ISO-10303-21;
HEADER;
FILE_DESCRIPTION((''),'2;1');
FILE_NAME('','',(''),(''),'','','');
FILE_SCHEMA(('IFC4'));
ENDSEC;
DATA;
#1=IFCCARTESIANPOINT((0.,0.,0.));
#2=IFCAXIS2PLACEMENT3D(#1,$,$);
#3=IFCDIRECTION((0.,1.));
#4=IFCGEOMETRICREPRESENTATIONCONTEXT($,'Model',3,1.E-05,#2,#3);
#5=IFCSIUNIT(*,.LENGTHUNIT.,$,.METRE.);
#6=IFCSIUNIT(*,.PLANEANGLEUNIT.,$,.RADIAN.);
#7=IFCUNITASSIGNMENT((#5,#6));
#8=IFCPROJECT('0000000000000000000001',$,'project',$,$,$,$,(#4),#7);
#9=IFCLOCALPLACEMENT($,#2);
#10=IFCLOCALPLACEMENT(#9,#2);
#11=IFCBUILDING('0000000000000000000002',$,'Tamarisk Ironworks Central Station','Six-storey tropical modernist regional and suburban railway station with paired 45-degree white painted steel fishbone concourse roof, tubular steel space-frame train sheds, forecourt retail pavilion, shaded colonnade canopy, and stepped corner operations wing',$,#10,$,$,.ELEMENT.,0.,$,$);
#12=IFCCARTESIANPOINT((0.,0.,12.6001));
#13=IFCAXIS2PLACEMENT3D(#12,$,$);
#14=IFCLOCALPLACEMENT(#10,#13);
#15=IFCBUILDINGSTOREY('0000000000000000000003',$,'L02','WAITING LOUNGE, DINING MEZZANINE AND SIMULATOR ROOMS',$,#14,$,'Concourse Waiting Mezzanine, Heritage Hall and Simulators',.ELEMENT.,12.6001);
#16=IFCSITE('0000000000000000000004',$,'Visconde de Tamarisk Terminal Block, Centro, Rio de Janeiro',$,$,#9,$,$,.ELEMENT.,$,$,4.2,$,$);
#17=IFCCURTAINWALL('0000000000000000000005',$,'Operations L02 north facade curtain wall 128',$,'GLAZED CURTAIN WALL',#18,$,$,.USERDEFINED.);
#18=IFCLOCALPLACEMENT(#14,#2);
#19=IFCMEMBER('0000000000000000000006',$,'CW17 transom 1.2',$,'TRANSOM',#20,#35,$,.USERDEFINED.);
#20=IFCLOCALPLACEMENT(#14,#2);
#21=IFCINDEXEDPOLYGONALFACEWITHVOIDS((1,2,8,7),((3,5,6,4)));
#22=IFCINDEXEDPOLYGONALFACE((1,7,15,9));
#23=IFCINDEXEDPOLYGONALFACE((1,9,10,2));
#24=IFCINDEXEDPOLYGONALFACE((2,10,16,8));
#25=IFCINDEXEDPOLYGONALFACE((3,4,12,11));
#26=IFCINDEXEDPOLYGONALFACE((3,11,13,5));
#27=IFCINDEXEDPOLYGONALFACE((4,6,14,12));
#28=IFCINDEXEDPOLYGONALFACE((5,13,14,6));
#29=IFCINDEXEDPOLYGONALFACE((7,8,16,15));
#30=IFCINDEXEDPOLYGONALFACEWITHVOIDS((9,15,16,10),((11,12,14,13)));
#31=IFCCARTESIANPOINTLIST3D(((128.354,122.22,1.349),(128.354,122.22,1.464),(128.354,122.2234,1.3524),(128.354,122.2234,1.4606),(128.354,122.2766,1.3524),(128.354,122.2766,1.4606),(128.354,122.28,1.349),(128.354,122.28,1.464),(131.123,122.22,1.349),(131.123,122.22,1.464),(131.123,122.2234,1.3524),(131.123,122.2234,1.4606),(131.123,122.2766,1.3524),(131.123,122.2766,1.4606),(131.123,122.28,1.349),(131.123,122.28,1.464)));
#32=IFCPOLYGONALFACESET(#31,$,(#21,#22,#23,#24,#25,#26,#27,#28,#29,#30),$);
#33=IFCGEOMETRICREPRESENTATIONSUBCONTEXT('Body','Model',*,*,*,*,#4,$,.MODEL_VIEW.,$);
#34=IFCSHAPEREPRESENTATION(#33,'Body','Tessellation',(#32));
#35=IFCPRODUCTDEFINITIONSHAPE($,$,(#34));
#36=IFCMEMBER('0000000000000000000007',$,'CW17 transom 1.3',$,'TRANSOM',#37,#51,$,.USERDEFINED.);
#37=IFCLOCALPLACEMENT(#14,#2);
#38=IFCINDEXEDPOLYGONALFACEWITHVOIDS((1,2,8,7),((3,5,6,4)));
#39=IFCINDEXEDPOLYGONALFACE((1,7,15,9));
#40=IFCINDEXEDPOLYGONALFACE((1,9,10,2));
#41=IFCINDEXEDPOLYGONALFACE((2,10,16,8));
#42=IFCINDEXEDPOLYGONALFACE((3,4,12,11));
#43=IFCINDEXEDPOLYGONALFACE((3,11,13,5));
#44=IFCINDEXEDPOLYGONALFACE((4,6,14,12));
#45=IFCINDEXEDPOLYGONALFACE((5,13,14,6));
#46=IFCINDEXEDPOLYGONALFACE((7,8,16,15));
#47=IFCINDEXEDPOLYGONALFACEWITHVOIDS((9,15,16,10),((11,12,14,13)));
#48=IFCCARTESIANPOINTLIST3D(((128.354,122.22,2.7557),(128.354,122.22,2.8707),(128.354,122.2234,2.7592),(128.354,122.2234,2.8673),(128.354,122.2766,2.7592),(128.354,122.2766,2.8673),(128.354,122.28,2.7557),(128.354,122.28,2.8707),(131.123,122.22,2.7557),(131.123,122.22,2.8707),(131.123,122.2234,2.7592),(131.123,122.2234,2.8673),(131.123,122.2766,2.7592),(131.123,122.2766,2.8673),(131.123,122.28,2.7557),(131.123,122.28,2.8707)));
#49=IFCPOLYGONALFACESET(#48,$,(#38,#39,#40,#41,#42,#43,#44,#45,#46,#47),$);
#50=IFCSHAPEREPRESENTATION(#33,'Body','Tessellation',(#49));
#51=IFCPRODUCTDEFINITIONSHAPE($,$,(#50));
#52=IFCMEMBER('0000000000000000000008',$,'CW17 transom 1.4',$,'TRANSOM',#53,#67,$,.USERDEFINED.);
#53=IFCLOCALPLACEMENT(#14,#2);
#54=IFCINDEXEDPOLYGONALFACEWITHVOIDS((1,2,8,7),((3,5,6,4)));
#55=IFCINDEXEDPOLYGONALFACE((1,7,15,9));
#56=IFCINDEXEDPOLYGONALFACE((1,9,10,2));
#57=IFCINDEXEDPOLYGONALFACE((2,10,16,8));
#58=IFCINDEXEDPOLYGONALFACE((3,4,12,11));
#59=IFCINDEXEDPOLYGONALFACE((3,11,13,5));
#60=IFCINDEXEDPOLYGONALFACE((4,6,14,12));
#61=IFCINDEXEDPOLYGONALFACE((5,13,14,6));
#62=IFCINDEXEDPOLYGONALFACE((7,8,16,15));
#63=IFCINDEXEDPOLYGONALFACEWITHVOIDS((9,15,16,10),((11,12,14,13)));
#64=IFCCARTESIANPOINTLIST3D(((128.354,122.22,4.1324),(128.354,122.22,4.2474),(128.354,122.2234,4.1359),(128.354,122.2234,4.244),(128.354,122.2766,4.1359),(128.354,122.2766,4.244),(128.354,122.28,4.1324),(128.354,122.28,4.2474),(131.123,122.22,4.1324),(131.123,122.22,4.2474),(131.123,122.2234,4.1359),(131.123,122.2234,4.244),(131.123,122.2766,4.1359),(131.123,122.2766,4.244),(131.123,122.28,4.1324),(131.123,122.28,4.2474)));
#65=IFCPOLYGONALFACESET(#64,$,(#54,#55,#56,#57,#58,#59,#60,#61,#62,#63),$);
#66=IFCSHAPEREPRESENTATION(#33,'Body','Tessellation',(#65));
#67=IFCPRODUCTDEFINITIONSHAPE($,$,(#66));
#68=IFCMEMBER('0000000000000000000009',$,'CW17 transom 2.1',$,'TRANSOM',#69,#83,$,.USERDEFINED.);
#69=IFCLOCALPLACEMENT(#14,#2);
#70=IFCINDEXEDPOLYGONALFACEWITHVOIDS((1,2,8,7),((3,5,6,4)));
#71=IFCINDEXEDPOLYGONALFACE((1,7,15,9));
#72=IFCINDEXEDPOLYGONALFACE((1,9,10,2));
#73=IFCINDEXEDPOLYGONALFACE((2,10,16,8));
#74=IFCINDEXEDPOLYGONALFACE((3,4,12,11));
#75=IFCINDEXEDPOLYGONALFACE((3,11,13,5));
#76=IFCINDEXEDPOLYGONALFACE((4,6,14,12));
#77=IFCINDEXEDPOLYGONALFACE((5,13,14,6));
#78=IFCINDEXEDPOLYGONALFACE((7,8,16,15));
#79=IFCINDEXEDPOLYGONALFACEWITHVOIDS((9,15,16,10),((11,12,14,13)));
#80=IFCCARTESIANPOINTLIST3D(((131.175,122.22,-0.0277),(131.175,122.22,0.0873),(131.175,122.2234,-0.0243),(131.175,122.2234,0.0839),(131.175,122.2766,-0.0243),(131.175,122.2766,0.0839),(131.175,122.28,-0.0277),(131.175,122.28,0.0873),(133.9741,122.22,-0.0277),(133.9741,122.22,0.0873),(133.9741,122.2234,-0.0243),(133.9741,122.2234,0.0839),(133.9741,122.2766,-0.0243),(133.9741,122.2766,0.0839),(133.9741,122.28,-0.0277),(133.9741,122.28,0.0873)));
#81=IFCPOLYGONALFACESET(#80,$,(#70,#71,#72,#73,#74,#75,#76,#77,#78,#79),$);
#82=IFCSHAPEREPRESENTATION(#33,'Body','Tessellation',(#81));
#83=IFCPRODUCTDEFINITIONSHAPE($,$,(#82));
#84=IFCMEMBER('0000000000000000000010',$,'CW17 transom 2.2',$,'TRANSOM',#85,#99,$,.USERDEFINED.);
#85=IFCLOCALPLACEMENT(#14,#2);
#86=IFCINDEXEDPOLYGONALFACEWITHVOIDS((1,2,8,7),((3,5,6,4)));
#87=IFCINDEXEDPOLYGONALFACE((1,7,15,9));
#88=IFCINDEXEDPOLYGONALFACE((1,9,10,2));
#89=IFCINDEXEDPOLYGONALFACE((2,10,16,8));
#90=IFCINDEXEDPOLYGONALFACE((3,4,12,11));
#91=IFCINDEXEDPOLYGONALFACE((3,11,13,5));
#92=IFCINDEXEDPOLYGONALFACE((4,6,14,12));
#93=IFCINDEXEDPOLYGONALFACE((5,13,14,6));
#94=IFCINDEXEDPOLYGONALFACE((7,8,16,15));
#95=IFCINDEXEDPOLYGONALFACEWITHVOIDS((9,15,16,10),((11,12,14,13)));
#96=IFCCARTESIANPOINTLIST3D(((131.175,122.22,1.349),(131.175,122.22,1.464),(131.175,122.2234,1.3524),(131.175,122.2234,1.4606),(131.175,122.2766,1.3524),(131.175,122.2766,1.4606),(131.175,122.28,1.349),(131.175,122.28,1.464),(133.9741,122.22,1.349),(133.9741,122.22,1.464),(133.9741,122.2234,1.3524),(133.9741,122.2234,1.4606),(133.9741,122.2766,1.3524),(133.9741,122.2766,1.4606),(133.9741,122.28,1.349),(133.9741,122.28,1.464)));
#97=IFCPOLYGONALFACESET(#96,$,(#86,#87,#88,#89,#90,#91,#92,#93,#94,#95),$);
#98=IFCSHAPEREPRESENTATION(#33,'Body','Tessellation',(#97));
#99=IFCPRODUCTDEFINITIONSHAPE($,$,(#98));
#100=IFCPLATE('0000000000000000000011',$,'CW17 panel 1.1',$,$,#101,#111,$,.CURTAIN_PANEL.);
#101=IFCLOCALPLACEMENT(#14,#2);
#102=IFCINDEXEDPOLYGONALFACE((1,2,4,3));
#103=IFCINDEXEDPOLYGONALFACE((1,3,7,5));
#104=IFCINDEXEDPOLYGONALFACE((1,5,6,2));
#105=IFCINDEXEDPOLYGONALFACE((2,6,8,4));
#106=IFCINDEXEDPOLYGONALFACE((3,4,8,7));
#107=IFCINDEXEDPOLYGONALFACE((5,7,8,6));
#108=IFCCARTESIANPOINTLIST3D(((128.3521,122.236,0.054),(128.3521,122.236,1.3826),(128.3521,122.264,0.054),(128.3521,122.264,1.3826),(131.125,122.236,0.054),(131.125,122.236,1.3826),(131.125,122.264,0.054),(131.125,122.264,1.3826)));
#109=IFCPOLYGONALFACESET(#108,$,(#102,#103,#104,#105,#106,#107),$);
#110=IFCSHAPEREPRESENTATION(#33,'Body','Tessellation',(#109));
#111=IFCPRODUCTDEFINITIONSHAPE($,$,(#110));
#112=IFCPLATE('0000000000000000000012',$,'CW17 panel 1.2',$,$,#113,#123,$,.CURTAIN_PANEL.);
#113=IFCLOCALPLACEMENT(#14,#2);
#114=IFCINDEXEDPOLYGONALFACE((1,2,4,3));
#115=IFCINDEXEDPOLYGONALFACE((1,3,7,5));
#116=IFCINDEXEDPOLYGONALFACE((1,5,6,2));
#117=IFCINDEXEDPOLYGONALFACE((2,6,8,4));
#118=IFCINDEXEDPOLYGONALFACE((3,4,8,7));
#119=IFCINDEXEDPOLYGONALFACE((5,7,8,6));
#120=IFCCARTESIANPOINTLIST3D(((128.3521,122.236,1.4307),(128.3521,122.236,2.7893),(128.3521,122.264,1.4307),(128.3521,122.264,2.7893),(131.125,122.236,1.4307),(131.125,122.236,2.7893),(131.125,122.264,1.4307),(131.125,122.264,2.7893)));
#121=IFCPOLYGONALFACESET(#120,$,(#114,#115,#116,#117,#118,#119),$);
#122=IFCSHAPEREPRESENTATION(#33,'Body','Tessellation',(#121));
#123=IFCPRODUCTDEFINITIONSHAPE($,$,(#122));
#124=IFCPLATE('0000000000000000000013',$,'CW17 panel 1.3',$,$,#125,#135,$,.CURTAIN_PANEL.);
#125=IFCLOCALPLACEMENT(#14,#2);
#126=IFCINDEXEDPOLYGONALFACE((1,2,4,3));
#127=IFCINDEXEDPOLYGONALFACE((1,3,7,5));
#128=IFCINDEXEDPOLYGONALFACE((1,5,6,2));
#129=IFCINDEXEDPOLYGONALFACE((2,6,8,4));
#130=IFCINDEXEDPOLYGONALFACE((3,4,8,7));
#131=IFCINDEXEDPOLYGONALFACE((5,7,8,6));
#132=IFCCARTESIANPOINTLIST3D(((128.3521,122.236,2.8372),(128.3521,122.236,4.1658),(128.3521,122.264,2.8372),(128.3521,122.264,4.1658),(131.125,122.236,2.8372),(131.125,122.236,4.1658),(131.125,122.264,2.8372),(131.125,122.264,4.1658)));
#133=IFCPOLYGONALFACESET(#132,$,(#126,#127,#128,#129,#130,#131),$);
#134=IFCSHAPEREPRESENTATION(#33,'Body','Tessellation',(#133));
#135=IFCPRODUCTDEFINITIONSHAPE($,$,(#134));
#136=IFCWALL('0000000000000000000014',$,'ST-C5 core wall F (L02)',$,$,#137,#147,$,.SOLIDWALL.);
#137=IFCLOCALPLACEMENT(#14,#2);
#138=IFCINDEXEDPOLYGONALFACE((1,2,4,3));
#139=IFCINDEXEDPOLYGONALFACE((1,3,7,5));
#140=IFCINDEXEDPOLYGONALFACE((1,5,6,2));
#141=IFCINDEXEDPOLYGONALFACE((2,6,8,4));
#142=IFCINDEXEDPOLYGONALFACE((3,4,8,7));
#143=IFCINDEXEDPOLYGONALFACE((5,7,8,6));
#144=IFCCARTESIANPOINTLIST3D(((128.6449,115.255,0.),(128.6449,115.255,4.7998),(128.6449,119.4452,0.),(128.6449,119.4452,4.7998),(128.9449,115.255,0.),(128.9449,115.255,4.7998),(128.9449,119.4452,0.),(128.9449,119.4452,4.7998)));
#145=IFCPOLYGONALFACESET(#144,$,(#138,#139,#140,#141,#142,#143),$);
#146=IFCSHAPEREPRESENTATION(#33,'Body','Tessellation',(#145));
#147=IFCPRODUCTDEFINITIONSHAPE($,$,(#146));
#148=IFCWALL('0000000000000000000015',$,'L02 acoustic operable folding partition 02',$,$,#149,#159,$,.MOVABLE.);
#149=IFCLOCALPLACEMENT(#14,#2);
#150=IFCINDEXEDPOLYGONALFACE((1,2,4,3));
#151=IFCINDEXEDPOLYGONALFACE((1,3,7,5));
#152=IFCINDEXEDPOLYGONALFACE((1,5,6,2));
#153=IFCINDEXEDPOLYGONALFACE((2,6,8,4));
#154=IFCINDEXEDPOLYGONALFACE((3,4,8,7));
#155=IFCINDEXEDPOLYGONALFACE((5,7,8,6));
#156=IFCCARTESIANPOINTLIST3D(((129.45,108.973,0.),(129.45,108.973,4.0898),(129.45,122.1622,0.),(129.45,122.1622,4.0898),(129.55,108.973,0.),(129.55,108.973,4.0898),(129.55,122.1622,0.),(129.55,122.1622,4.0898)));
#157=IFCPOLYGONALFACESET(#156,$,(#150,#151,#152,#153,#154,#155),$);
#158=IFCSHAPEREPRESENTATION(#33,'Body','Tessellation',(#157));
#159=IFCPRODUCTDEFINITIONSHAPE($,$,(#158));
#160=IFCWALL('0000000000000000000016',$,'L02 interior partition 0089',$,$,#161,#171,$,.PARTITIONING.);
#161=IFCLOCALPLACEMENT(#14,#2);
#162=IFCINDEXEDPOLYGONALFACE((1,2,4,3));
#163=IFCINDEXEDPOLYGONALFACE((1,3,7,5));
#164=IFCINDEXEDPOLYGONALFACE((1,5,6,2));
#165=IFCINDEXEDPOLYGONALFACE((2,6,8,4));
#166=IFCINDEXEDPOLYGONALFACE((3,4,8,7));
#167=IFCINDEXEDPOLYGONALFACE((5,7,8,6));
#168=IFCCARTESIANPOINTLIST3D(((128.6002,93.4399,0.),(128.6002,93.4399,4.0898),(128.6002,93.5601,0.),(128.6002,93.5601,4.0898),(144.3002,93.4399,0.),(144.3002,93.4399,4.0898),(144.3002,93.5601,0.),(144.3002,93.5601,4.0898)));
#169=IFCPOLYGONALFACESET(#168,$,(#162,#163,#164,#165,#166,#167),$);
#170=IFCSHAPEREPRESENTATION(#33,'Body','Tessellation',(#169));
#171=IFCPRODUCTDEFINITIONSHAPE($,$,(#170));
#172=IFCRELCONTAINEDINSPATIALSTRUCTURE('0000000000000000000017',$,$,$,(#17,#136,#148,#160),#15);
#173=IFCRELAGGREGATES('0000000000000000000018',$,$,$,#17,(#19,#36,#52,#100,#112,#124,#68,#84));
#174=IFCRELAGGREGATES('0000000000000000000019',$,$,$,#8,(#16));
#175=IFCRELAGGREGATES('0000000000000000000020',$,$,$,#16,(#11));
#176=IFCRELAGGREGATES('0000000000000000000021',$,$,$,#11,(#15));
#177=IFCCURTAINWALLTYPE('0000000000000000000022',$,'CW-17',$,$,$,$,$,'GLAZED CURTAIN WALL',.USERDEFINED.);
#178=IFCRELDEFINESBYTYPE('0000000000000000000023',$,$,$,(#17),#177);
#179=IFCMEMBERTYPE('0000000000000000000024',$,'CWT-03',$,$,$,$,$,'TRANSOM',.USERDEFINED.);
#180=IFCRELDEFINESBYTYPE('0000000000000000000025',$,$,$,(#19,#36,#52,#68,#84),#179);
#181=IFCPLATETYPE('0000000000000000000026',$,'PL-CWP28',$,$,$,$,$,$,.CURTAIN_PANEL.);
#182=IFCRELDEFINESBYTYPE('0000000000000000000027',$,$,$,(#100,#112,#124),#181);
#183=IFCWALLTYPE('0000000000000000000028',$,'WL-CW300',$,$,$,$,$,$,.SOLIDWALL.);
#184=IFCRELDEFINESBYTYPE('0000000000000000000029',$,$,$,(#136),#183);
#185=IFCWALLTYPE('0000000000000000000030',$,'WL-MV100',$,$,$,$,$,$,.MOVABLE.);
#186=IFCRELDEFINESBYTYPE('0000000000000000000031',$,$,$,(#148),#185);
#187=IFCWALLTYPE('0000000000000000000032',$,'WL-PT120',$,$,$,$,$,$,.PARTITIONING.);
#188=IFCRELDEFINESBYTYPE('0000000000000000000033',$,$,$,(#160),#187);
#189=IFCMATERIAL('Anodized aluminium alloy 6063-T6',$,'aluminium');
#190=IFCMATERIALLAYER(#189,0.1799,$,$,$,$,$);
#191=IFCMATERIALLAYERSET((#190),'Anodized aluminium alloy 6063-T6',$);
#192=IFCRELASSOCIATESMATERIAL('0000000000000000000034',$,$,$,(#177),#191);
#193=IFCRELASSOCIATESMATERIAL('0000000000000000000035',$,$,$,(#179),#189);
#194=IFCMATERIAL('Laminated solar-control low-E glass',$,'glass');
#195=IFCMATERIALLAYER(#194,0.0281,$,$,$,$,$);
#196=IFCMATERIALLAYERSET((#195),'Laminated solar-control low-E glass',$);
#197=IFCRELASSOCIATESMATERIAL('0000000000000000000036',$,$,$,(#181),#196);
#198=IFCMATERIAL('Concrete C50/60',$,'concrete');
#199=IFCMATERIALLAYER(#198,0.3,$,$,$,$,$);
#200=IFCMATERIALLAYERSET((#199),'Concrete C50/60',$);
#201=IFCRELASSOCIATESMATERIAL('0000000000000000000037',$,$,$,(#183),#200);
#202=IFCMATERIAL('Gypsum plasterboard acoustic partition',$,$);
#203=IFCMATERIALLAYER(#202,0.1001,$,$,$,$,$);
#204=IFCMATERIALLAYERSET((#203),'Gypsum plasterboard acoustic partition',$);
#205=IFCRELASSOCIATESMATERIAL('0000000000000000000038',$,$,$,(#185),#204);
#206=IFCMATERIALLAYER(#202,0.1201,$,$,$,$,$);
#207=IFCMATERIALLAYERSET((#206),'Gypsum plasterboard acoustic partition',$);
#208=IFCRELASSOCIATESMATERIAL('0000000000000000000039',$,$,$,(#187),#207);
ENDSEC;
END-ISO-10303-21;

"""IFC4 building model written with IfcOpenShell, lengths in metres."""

from ifc_helpers import new_model, si_unit, direction, frame, frame_2d, origin, origin_2d, place, context, subcontext, project, spatial, rectangle, hollow_rectangle, extrude, material, layer, layer_set, material_profile, profile_set, type_object, element, aggregate, save


model = new_model("IFC4")

# Units and contexts
model_context = context("Model", 3, precision=1e-05, world=origin(), true_north=direction((0.0, 1.0)))
body_context = subcontext(model_context, "Body", "Model", "MODEL_VIEW")
ifc_project = project(units=[si_unit("LENGTHUNIT", "METRE"), si_unit("PLANEANGLEUNIT", "RADIAN")], contexts=[model_context])

# Site, building, storey
site_placement = place(None, origin())
site = spatial("IfcSite", under=ifc_project, at=site_placement, Name="Visconde de Tamarisk Terminal Block, Centro, Rio de Janeiro", CompositionType="ELEMENT", RefElevation=4.2)
building_placement = place(site_placement, origin())
building = spatial("IfcBuilding", under=site, at=building_placement, Name="Tamarisk Ironworks Central Station", Description="Six-storey tropical modernist regional and suburban railway station with paired 45-degree white painted steel fishbone concourse roof, tubular steel space-frame train sheds, forecourt retail pavilion, shaded colonnade canopy, and stepped corner operations wing", CompositionType="ELEMENT", ElevationOfRefHeight=0.0)
storey_placement = place(building_placement, frame((0.0, 0.0, 12.6001)))
storey = spatial("IfcBuildingStorey", under=building, at=storey_placement, Name="L02", Description="WAITING LOUNGE, DINING MEZZANINE AND SIMULATOR ROOMS", LongName="Concourse Waiting Mezzanine, Heritage Hall and Simulators", CompositionType="ELEMENT", Elevation=12.6001)

# Curtain wall, members, plates
ifc_material_1 = material(Name="Anodized aluminium alloy 6063-T6", Category="aluminium")
ifc_layer_1 = layer(ifc_material_1, 0.1799)
ifc_layer_set_1 = layer_set([ifc_layer_1], Name="Anodized aluminium alloy 6063-T6")
curtain_wall_type = type_object("IfcCurtainWallType", Name="CW-17", ElementType="GLAZED CURTAIN WALL", PredefinedType="USERDEFINED", material=ifc_layer_set_1)
curtain_wall_placement = place(storey_placement, origin())
curtain_wall = element("IfcCurtainWall", 1, at=curtain_wall_placement, inside=storey, type_object=curtain_wall_type, Name="Operations L02 north facade curtain wall 128", ObjectType="GLAZED CURTAIN WALL", PredefinedType="USERDEFINED")
ifc_material_profile_1 = material_profile(ifc_material_1, hollow_rectangle(XDim=0.0601, YDim=0.115, WallThickness=0.0034, at=origin_2d()), Name="ALUM 115x60")
ifc_profile_set_1 = profile_set([ifc_material_profile_1], Name="Anodized aluminium alloy 6063-T6")
member_type_1 = type_object("IfcMemberType", Name="CWT-03", ElementType="TRANSOM", PredefinedType="USERDEFINED", material=ifc_profile_set_1)
member_1_placement = place(storey_placement, frame((128.354, 122.25, 1.4065), z_axis=(1.0, 0.0, 0.0), x_axis=(0.0, 1.0, 0.0)))
member_1 = element("IfcMember", 2, at=member_1_placement, type_object=member_type_1, Name="CW17 transom 1.2", ObjectType="TRANSOM", PredefinedType="USERDEFINED", context=body_context, shape_type="SweptSolid", body=[
    extrude(hollow_rectangle(XDim=0.0601, YDim=0.115, WallThickness=0.0034, at=origin_2d()), origin(), (0.0, 0.0, 1.0), 2.769),
])
member_2_placement = place(storey_placement, frame((128.354, 122.25, 2.8132), z_axis=(1.0, 0.0, 0.0), x_axis=(0.0, 1.0, 0.0)))
member_2 = element("IfcMember", 3, at=member_2_placement, type_object=member_type_1, Name="CW17 transom 1.3", ObjectType="TRANSOM", PredefinedType="USERDEFINED", context=body_context, shape_type="SweptSolid", body=[
    extrude(hollow_rectangle(XDim=0.0601, YDim=0.115, WallThickness=0.0034, at=origin_2d()), origin(), (0.0, 0.0, 1.0), 2.769),
])
member_3_placement = place(storey_placement, frame((128.354, 122.25, 4.1899), z_axis=(1.0, 0.0, 0.0), x_axis=(0.0, 1.0, 0.0)))
member_3 = element("IfcMember", 4, at=member_3_placement, type_object=member_type_1, Name="CW17 transom 1.4", ObjectType="TRANSOM", PredefinedType="USERDEFINED", context=body_context, shape_type="SweptSolid", body=[
    extrude(hollow_rectangle(XDim=0.0601, YDim=0.115, WallThickness=0.0034, at=origin_2d()), origin(), (0.0, 0.0, 1.0), 2.769),
])
member_4_placement = place(storey_placement, frame((131.175, 122.25, 0.0298), z_axis=(1.0, 0.0, 0.0), x_axis=(0.0, 1.0, 0.0)))
member_4 = element("IfcMember", 5, at=member_4_placement, type_object=member_type_1, Name="CW17 transom 2.1", ObjectType="TRANSOM", PredefinedType="USERDEFINED", context=body_context, shape_type="SweptSolid", body=[
    extrude(hollow_rectangle(XDim=0.0601, YDim=0.115, WallThickness=0.0034, at=origin_2d()), origin(), (0.0, 0.0, 1.0), 2.7991),
])
member_5_placement = place(storey_placement, frame((131.175, 122.25, 1.4065), z_axis=(1.0, 0.0, 0.0), x_axis=(0.0, 1.0, 0.0)))
member_5 = element("IfcMember", 6, at=member_5_placement, type_object=member_type_1, Name="CW17 transom 2.2", ObjectType="TRANSOM", PredefinedType="USERDEFINED", context=body_context, shape_type="SweptSolid", body=[
    extrude(hollow_rectangle(XDim=0.0601, YDim=0.115, WallThickness=0.0034, at=origin_2d()), origin(), (0.0, 0.0, 1.0), 2.7991),
])
ifc_material_2 = material(Name="Laminated solar-control low-E glass", Category="glass")
ifc_layer_2 = layer(ifc_material_2, 0.0281)
ifc_layer_set_2 = layer_set([ifc_layer_2], Name="Laminated solar-control low-E glass")
plate_type = type_object("IfcPlateType", Name="PL-CWP28", PredefinedType="CURTAIN_PANEL", material=ifc_layer_set_2)
plate_1_placement = place(storey_placement, frame((129.7385, 122.25, 0.054), z_axis=(0.0, 0.0, 1.0), x_axis=(1.0, 0.0, 0.0)))
plate_1 = element("IfcPlate", 7, at=plate_1_placement, type_object=plate_type, Name="CW17 panel 1.1", PredefinedType="CURTAIN_PANEL", context=body_context, shape_type="SweptSolid", body=[
    extrude(rectangle(XDim=2.7729, YDim=0.0281, at=origin_2d()), origin(), (0.0, 0.0, 1.0), 1.3286),
])
plate_2_placement = place(storey_placement, frame((129.7385, 122.25, 1.4307), z_axis=(0.0, 0.0, 1.0), x_axis=(1.0, 0.0, 0.0)))
plate_2 = element("IfcPlate", 8, at=plate_2_placement, type_object=plate_type, Name="CW17 panel 1.2", PredefinedType="CURTAIN_PANEL", context=body_context, shape_type="SweptSolid", body=[
    extrude(rectangle(XDim=2.7729, YDim=0.0281, at=origin_2d()), origin(), (0.0, 0.0, 1.0), 1.3586),
])
plate_3_placement = place(storey_placement, frame((129.7385, 122.25, 2.8372), z_axis=(0.0, 0.0, 1.0), x_axis=(1.0, 0.0, 0.0)))
plate_3 = element("IfcPlate", 9, at=plate_3_placement, type_object=plate_type, Name="CW17 panel 1.3", PredefinedType="CURTAIN_PANEL", context=body_context, shape_type="SweptSolid", body=[
    extrude(rectangle(XDim=2.7729, YDim=0.0281, at=origin_2d()), origin(), (0.0, 0.0, 1.0), 1.3286),
])
aggregate(curtain_wall, [member_1, member_2, member_3, plate_1, plate_2, plate_3, member_4, member_5])

# Walls
ifc_material_3 = material(Name="Concrete C50/60", Category="concrete")
ifc_layer_3 = layer(ifc_material_3, 0.3)
ifc_layer_set_3 = layer_set([ifc_layer_3], Name="Concrete C50/60")
wall_type_1 = type_object("IfcWallType", Name="WL-CW300", PredefinedType="SOLIDWALL", material=ifc_layer_set_3)
wall_1_placement = place(storey_placement, frame((128.7949, 115.2549, 0.0), z_axis=(0.0, 0.0, 1.0), x_axis=(0.0, 1.0, 0.0)))
element("IfcWall", 10, at=wall_1_placement, inside=storey, type_object=wall_type_1, Name="ST-C5 core wall F (L02)", PredefinedType="SOLIDWALL", context=body_context, shape_type="SweptSolid", body=[
    extrude(rectangle(XDim=4.1902, YDim=0.3, at=frame_2d((2.0952, 0.0))), origin(), (0.0, 0.0, 1.0), 4.7998),
])
ifc_material_4 = material(Name="Gypsum plasterboard acoustic partition")
ifc_layer_4 = layer(ifc_material_4, 0.1001)
ifc_layer_set_4 = layer_set([ifc_layer_4], Name="Gypsum plasterboard acoustic partition")
wall_type_2 = type_object("IfcWallType", Name="WL-MV100", PredefinedType="MOVABLE", material=ifc_layer_set_4)
wall_2_placement = place(storey_placement, frame((129.5, 108.9729, 0.0), z_axis=(0.0, 0.0, 1.0), x_axis=(0.0, 1.0, 0.0)))
element("IfcWall", 11, at=wall_2_placement, inside=storey, type_object=wall_type_2, Name="L02 acoustic operable folding partition 02", PredefinedType="MOVABLE", context=body_context, shape_type="SweptSolid", body=[
    extrude(rectangle(XDim=13.1892, YDim=0.1001, at=frame_2d((6.5947, 0.0))), origin(), (0.0, 0.0, 1.0), 4.0898),
])
ifc_layer_5 = layer(ifc_material_4, 0.1201)
ifc_layer_set_5 = layer_set([ifc_layer_5], Name="Gypsum plasterboard acoustic partition")
wall_type_3 = type_object("IfcWallType", Name="WL-PT120", PredefinedType="PARTITIONING", material=ifc_layer_set_5)
wall_3_placement = place(storey_placement, frame((128.6001, 93.5, 0.0), z_axis=(0.0, 0.0, 1.0), x_axis=(1.0, 0.0, 0.0)))
element("IfcWall", 12, at=wall_3_placement, inside=storey, type_object=wall_type_3, Name="L02 interior partition 0089", PredefinedType="PARTITIONING", context=body_context, shape_type="SweptSolid", body=[
    extrude(rectangle(XDim=15.7, YDim=0.1201, at=frame_2d((7.8501, 0.0))), origin(), (0.0, 0.0, 1.0), 4.0898),
])

save(model, "model.ifc")
